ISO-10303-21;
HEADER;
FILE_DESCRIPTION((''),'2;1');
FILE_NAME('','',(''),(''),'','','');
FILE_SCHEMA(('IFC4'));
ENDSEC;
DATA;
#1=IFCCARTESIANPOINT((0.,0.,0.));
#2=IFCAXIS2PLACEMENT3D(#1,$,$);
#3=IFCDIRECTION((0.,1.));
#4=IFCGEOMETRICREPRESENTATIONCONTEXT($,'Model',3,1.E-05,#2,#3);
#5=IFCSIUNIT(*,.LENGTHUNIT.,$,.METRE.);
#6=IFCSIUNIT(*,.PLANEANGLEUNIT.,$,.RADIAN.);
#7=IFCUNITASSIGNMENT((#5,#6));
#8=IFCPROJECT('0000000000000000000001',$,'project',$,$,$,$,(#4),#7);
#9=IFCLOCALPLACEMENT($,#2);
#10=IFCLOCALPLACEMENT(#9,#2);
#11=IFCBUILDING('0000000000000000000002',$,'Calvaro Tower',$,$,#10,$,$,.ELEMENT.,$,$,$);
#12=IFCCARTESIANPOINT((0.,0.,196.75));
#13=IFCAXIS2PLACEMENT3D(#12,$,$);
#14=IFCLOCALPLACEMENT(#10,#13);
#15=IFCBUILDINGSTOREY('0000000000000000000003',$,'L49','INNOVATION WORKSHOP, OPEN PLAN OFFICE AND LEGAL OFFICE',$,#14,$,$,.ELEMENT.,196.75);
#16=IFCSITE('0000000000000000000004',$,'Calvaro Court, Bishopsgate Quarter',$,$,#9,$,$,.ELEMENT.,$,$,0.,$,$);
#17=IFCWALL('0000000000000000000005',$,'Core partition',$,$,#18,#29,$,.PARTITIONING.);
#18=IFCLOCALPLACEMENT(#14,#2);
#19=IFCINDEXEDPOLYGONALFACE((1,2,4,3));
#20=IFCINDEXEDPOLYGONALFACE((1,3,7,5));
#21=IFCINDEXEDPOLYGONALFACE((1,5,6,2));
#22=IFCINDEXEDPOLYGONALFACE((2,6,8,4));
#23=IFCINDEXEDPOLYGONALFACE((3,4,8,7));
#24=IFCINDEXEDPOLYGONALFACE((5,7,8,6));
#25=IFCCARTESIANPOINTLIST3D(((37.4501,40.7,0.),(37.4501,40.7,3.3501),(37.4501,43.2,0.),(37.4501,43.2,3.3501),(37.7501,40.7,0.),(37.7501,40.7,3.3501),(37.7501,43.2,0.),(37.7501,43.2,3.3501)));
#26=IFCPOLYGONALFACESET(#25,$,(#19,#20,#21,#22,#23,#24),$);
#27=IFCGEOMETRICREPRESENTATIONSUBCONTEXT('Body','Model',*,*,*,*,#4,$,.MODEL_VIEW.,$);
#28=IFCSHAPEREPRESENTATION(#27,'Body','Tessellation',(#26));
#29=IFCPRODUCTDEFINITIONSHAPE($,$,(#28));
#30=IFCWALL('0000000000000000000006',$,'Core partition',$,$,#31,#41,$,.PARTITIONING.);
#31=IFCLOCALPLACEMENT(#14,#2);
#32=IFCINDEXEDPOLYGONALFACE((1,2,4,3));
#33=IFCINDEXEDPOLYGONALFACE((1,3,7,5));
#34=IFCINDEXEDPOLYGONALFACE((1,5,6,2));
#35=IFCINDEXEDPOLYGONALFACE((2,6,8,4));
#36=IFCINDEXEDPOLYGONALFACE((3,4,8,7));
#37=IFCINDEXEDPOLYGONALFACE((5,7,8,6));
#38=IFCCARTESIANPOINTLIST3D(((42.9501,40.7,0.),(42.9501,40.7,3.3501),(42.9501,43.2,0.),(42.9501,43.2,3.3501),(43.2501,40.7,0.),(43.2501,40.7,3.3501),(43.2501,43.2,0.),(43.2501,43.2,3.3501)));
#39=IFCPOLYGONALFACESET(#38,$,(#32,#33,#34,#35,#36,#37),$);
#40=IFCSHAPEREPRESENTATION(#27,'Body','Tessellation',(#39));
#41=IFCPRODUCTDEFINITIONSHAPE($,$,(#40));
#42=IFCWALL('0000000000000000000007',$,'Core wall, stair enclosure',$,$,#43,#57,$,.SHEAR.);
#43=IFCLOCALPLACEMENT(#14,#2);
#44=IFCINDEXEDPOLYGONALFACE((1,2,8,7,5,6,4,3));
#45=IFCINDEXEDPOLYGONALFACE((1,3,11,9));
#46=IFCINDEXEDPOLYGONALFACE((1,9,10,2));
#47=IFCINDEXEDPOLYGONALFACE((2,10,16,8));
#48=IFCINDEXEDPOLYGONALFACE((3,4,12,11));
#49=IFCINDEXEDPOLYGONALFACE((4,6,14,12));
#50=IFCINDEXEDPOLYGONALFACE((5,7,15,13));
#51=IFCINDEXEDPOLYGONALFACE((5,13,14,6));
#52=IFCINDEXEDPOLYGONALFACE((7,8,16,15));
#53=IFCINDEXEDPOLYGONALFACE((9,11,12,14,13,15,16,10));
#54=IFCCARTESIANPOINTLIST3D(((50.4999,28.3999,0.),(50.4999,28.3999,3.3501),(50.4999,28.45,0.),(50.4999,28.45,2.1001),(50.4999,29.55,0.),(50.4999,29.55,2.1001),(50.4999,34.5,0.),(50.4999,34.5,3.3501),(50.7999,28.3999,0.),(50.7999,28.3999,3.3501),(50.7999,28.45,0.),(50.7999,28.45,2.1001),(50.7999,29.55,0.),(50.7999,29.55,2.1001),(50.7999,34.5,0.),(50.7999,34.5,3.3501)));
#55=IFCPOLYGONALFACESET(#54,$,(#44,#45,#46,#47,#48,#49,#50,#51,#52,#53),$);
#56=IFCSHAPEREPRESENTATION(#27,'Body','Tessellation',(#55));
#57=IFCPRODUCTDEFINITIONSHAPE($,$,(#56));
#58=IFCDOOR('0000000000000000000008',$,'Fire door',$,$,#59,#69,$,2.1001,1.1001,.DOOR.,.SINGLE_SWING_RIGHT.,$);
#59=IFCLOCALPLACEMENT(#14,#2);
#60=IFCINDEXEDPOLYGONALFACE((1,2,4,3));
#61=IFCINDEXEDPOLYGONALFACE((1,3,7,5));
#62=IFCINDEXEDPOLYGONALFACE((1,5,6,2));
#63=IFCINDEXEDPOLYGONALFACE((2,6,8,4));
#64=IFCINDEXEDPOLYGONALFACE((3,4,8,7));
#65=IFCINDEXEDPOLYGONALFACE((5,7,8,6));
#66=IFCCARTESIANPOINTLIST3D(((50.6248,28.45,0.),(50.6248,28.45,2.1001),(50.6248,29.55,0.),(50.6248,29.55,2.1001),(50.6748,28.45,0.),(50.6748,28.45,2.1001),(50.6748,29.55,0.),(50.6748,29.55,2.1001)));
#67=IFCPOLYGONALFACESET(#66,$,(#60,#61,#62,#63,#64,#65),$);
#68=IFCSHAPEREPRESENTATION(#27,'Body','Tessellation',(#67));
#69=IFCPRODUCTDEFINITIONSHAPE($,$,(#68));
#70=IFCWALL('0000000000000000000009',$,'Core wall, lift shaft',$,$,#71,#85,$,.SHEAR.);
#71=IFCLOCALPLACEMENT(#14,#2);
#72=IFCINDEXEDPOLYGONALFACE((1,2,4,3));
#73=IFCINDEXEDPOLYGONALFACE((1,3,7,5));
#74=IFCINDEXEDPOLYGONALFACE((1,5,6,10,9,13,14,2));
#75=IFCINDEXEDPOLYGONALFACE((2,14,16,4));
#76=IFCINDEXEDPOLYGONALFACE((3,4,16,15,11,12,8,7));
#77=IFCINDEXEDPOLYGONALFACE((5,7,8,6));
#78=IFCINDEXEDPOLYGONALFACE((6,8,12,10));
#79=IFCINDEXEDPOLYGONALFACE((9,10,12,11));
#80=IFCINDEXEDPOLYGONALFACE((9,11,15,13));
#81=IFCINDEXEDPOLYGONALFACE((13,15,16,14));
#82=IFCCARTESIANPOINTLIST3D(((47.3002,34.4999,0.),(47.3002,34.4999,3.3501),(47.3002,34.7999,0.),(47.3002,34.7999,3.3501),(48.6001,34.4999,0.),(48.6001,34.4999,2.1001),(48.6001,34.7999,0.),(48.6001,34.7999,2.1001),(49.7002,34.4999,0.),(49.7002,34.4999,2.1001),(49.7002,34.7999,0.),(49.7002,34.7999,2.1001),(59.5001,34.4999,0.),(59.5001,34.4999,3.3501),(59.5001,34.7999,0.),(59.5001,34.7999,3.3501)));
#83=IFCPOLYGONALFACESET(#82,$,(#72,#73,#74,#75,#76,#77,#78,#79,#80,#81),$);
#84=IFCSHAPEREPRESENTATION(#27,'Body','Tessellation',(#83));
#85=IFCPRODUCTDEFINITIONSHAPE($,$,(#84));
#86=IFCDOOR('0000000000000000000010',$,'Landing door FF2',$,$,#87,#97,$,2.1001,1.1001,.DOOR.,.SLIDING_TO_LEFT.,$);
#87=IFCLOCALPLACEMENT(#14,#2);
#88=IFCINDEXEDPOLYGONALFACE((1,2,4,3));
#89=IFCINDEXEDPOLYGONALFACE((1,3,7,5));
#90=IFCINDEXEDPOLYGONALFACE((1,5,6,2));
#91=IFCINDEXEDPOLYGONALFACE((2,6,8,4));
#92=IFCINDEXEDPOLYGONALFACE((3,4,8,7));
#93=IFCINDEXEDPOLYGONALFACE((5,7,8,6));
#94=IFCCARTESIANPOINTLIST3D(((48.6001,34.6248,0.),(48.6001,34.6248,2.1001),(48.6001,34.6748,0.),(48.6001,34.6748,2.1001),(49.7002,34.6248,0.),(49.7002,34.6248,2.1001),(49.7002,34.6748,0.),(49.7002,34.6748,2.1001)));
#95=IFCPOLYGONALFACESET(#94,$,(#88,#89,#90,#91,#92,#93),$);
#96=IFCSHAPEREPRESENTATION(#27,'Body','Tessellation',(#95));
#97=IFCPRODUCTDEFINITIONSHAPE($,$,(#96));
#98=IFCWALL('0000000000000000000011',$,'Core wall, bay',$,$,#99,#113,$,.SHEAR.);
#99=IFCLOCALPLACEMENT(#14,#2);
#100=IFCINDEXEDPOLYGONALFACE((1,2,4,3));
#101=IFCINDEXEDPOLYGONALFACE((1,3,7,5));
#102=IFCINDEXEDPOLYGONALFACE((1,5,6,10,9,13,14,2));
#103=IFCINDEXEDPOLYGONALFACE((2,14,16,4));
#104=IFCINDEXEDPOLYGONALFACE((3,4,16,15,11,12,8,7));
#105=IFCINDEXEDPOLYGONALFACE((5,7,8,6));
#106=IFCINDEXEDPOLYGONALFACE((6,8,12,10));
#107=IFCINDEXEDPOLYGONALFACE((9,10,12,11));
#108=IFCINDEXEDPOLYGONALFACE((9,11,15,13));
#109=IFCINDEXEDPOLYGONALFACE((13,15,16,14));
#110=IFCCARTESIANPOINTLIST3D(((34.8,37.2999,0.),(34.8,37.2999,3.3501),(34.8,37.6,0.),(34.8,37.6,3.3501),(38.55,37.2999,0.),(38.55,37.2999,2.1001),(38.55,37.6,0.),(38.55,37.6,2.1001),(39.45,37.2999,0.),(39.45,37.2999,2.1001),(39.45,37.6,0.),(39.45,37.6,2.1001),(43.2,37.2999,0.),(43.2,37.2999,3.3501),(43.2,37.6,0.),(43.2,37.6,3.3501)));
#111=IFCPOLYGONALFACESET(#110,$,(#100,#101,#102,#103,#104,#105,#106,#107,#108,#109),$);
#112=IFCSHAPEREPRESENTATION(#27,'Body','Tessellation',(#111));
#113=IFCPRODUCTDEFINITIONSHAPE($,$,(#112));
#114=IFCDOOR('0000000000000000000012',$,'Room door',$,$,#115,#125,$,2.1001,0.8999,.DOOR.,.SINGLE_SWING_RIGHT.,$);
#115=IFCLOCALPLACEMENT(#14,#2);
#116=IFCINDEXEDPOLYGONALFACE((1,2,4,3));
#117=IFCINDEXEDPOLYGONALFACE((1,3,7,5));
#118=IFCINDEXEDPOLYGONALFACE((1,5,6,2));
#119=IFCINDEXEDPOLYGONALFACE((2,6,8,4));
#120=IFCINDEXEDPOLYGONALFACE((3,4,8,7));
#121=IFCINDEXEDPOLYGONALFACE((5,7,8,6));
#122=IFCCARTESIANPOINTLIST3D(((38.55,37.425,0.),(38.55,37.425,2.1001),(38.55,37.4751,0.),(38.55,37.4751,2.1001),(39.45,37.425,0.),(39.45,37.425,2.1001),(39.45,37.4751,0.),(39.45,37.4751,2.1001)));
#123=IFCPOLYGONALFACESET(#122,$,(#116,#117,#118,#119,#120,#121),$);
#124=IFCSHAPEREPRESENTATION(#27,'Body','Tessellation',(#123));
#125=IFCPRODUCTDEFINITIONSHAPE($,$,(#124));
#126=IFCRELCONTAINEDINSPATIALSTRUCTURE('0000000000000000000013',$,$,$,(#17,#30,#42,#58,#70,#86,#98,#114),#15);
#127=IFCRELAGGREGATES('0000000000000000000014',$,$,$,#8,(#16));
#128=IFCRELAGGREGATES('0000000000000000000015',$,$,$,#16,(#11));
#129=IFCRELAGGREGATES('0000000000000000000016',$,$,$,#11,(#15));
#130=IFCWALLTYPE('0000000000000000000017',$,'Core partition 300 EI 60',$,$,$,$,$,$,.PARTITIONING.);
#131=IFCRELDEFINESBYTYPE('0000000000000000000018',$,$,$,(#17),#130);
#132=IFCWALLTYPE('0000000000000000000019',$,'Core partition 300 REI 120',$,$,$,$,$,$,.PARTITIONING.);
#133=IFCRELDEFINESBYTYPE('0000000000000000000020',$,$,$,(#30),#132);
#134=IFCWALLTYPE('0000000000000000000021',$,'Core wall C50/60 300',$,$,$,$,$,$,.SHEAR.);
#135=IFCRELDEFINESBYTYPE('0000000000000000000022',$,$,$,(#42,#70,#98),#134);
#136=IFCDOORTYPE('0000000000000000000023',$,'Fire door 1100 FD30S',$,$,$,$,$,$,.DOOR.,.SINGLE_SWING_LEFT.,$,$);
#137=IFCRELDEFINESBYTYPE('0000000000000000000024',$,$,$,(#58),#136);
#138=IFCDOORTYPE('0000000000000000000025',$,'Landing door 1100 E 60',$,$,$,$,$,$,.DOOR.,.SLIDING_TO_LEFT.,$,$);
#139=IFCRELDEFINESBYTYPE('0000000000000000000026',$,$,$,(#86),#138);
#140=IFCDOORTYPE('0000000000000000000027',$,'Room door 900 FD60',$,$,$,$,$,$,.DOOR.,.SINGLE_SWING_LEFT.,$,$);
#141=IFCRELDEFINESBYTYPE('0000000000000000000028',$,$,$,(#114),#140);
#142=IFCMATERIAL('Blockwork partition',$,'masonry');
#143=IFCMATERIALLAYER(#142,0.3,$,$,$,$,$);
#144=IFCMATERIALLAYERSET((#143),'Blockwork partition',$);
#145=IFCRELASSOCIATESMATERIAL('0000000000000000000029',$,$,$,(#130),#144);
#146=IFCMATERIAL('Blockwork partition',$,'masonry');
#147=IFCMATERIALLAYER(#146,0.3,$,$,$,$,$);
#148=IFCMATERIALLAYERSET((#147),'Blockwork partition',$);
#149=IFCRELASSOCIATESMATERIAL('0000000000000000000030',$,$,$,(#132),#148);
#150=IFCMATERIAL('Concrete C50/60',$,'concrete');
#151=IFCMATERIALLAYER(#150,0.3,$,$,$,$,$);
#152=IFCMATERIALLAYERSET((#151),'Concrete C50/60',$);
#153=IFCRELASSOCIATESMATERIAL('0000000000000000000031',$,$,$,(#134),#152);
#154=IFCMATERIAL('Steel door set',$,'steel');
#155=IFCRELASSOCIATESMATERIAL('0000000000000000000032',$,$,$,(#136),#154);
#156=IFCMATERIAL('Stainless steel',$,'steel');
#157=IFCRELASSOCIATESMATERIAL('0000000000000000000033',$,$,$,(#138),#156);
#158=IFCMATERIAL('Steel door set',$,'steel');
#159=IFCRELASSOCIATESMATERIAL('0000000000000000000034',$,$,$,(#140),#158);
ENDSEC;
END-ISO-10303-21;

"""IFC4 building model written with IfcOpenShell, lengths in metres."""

from ifc_helpers import new_model, si_unit, direction, frame, frame_2d, origin, place, context, subcontext, project, spatial, rectangle, extrude, material, layer, layer_set, type_object, element, fill, save


model = new_model("IFC4")

# Units and contexts
model_context = context("Model", 3, precision=1e-05, world=origin(), true_north=direction((0.0, 1.0)))
body_context = subcontext(model_context, "Body", "Model", "MODEL_VIEW")
ifc_project = project(units=[si_unit("LENGTHUNIT", "METRE"), si_unit("PLANEANGLEUNIT", "RADIAN")], contexts=[model_context])

# Site, building, storey
site_placement = place(None, origin())
site = spatial("IfcSite", under=ifc_project, at=site_placement, Name="Calvaro Court, Bishopsgate Quarter", CompositionType="ELEMENT", RefElevation=0.0)
building_placement = place(site_placement, origin())
building = spatial("IfcBuilding", under=site, at=building_placement, Name="Calvaro Tower", CompositionType="ELEMENT")
storey_placement = place(building_placement, frame((0.0, 0.0, 196.75)))
storey = spatial("IfcBuildingStorey", under=building, at=storey_placement, Name="L49", Description="INNOVATION WORKSHOP, OPEN PLAN OFFICE AND LEGAL OFFICE", CompositionType="ELEMENT", Elevation=196.75)

# Walls
ifc_material_1 = material(Name="Blockwork partition", Category="masonry")
ifc_layer_1 = layer(ifc_material_1, 0.3)
ifc_layer_set_1 = layer_set([ifc_layer_1], Name="Blockwork partition")
wall_type_1 = type_object("IfcWallType", Name="Core partition 300 EI 60", PredefinedType="PARTITIONING", material=ifc_layer_set_1)
wall_1_placement = place(storey_placement, frame((37.6001, 40.7, 0.0), z_axis=(0.0, 0.0, 1.0), x_axis=(0.0, 1.0, 0.0)))
element("IfcWall", 1, at=wall_1_placement, inside=storey, type_object=wall_type_1, Name="Core partition", PredefinedType="PARTITIONING", context=body_context, shape_type="SweptSolid", body=[
    extrude(rectangle(XDim=2.5, YDim=0.3, at=frame_2d((1.25, 0.0))), origin(), (0.0, 0.0, 1.0), 3.3501),
])
ifc_material_2 = material(Name="Blockwork partition", Category="masonry")
ifc_layer_2 = layer(ifc_material_2, 0.3)
ifc_layer_set_2 = layer_set([ifc_layer_2], Name="Blockwork partition")
wall_type_2 = type_object("IfcWallType", Name="Core partition 300 REI 120", PredefinedType="PARTITIONING", material=ifc_layer_set_2)
wall_2_placement = place(storey_placement, frame((43.1001, 40.7, 0.0), z_axis=(0.0, 0.0, 1.0), x_axis=(0.0, 1.0, 0.0)))
element("IfcWall", 2, at=wall_2_placement, inside=storey, type_object=wall_type_2, Name="Core partition", PredefinedType="PARTITIONING", context=body_context, shape_type="SweptSolid", body=[
    extrude(rectangle(XDim=2.5, YDim=0.3, at=frame_2d((1.25, 0.0))), origin(), (0.0, 0.0, 1.0), 3.3501),
])

# Walls, openings, doors
ifc_material_3 = material(Name="Concrete C50/60", Category="concrete")
ifc_layer_3 = layer(ifc_material_3, 0.3)
ifc_layer_set_3 = layer_set([ifc_layer_3], Name="Concrete C50/60")
wall_type_3 = type_object("IfcWallType", Name="Core wall C50/60 300", PredefinedType="SHEAR", material=ifc_layer_set_3)
wall_3_placement = place(storey_placement, frame((50.6499, 34.5, 0.0), z_axis=(0.0, 0.0, 1.0), x_axis=(0.0, -1.0, 0.0)))
wall_3 = element("IfcWall", 3, at=wall_3_placement, inside=storey, type_object=wall_type_3, Name="Core wall, stair enclosure", PredefinedType="SHEAR", context=body_context, shape_type="SweptSolid", body=[
    extrude(rectangle(XDim=6.1001, YDim=0.3, at=frame_2d((3.05, 0.0))), origin(), (0.0, 0.0, 1.0), 3.3501),
])
opening_1_placement = place(wall_3_placement, frame((4.95, 0.0, 0.0)))
opening_1 = element("IfcOpeningElement", 4, at=opening_1_placement, cuts=wall_3, PredefinedType="OPENING", context=body_context, shape_type="SweptSolid", body=[
    extrude(rectangle(XDim=1.1001, YDim=2.1001, at=frame_2d((0.55, 1.05))), frame((0.0, 0.1599, 0.0), z_axis=(0.0, -1.0, 0.0), x_axis=(1.0, 0.0, 0.0)), (0.0, 0.0, 1.0), 0.3201),
])
ifc_material_4 = material(Name="Steel door set", Category="steel")
door_type_1 = type_object("IfcDoorType", Name="Fire door 1100 FD30S", OperationType="SINGLE_SWING_LEFT", PredefinedType="DOOR", material=ifc_material_4)
door_1_placement = place(opening_1_placement, origin())
door_1 = element("IfcDoor", 5, at=door_1_placement, inside=storey, type_object=door_type_1, Name="Fire door", OperationType="SINGLE_SWING_RIGHT", OverallHeight=2.1001, OverallWidth=1.1001, PredefinedType="DOOR", context=body_context, shape_type="SweptSolid", body=[
    extrude(rectangle(XDim=1.1001, YDim=2.1001, at=frame_2d((0.55, 1.05))), frame((0.0, 0.0249, 0.0), z_axis=(0.0, -1.0, 0.0), x_axis=(1.0, 0.0, 0.0)), (0.0, 0.0, 1.0), 0.05),
])
fill(opening_1, door_1)
wall_4_placement = place(storey_placement, frame((47.3, 34.6499, 0.0), z_axis=(0.0, 0.0, 1.0), x_axis=(1.0, 0.0, 0.0)))
wall_4 = element("IfcWall", 6, at=wall_4_placement, inside=storey, type_object=wall_type_3, Name="Core wall, lift shaft", PredefinedType="SHEAR", context=body_context, shape_type="SweptSolid", body=[
    extrude(rectangle(XDim=12.2, YDim=0.3, at=frame_2d((6.1001, 0.0))), origin(), (0.0, 0.0, 1.0), 3.3501),
])
opening_2_placement = place(wall_4_placement, frame((1.3, 0.0, 0.0)))
opening_2 = element("IfcOpeningElement", 7, at=opening_2_placement, cuts=wall_4, PredefinedType="OPENING", context=body_context, shape_type="SweptSolid", body=[
    extrude(rectangle(XDim=1.1001, YDim=2.1001, at=frame_2d((0.55, 1.05))), frame((0.0, 0.1599, 0.0), z_axis=(0.0, -1.0, 0.0), x_axis=(1.0, 0.0, 0.0)), (0.0, 0.0, 1.0), 0.3201),
])
ifc_material_5 = material(Name="Stainless steel", Category="steel")
door_type_2 = type_object("IfcDoorType", Name="Landing door 1100 E 60", OperationType="SLIDING_TO_LEFT", PredefinedType="DOOR", material=ifc_material_5)
door_2_placement = place(opening_2_placement, origin())
door_2 = element("IfcDoor", 8, at=door_2_placement, inside=storey, type_object=door_type_2, Name="Landing door FF2", OperationType="SLIDING_TO_LEFT", OverallHeight=2.1001, OverallWidth=1.1001, PredefinedType="DOOR", context=body_context, shape_type="SweptSolid", body=[
    extrude(rectangle(XDim=1.1001, YDim=2.1001, at=frame_2d((0.55, 1.05))), frame((0.0, 0.0249, 0.0), z_axis=(0.0, -1.0, 0.0), x_axis=(1.0, 0.0, 0.0)), (0.0, 0.0, 1.0), 0.05),
])
fill(opening_2, door_2)
wall_5_placement = place(storey_placement, frame((43.2, 37.45, 0.0), z_axis=(0.0, 0.0, 1.0), x_axis=(-1.0, 0.0, 0.0)))
wall_5 = element("IfcWall", 9, at=wall_5_placement, inside=storey, type_object=wall_type_3, Name="Core wall, bay", PredefinedType="SHEAR", context=body_context, shape_type="SweptSolid", body=[
    extrude(rectangle(XDim=8.3999, YDim=0.3, at=frame_2d((4.2, 0.0))), origin(), (0.0, 0.0, 1.0), 3.3501),
])
opening_3_placement = place(wall_5_placement, frame((3.75, 0.0, 0.0)))
opening_3 = element("IfcOpeningElement", 10, at=opening_3_placement, cuts=wall_5, PredefinedType="OPENING", context=body_context, shape_type="SweptSolid", body=[
    extrude(rectangle(XDim=0.8999, YDim=2.1001, at=frame_2d((0.45, 1.05))), frame((0.0, 0.1599, 0.0), z_axis=(0.0, -1.0, 0.0), x_axis=(1.0, 0.0, 0.0)), (0.0, 0.0, 1.0), 0.3201),
])
ifc_material_6 = material(Name="Steel door set", Category="steel")
door_type_3 = type_object("IfcDoorType", Name="Room door 900 FD60", OperationType="SINGLE_SWING_LEFT", PredefinedType="DOOR", material=ifc_material_6)
door_3_placement = place(opening_3_placement, origin())
door_3 = element("IfcDoor", 11, at=door_3_placement, inside=storey, type_object=door_type_3, Name="Room door", OperationType="SINGLE_SWING_RIGHT", OverallHeight=2.1001, OverallWidth=0.8999, PredefinedType="DOOR", context=body_context, shape_type="SweptSolid", body=[
    extrude(rectangle(XDim=0.8999, YDim=2.1001, at=frame_2d((0.45, 1.05))), frame((0.0, 0.0249, 0.0), z_axis=(0.0, -1.0, 0.0), x_axis=(1.0, 0.0, 0.0)), (0.0, 0.0, 1.0), 0.05),
])
fill(opening_3, door_3)

save(model, "model.ifc")
